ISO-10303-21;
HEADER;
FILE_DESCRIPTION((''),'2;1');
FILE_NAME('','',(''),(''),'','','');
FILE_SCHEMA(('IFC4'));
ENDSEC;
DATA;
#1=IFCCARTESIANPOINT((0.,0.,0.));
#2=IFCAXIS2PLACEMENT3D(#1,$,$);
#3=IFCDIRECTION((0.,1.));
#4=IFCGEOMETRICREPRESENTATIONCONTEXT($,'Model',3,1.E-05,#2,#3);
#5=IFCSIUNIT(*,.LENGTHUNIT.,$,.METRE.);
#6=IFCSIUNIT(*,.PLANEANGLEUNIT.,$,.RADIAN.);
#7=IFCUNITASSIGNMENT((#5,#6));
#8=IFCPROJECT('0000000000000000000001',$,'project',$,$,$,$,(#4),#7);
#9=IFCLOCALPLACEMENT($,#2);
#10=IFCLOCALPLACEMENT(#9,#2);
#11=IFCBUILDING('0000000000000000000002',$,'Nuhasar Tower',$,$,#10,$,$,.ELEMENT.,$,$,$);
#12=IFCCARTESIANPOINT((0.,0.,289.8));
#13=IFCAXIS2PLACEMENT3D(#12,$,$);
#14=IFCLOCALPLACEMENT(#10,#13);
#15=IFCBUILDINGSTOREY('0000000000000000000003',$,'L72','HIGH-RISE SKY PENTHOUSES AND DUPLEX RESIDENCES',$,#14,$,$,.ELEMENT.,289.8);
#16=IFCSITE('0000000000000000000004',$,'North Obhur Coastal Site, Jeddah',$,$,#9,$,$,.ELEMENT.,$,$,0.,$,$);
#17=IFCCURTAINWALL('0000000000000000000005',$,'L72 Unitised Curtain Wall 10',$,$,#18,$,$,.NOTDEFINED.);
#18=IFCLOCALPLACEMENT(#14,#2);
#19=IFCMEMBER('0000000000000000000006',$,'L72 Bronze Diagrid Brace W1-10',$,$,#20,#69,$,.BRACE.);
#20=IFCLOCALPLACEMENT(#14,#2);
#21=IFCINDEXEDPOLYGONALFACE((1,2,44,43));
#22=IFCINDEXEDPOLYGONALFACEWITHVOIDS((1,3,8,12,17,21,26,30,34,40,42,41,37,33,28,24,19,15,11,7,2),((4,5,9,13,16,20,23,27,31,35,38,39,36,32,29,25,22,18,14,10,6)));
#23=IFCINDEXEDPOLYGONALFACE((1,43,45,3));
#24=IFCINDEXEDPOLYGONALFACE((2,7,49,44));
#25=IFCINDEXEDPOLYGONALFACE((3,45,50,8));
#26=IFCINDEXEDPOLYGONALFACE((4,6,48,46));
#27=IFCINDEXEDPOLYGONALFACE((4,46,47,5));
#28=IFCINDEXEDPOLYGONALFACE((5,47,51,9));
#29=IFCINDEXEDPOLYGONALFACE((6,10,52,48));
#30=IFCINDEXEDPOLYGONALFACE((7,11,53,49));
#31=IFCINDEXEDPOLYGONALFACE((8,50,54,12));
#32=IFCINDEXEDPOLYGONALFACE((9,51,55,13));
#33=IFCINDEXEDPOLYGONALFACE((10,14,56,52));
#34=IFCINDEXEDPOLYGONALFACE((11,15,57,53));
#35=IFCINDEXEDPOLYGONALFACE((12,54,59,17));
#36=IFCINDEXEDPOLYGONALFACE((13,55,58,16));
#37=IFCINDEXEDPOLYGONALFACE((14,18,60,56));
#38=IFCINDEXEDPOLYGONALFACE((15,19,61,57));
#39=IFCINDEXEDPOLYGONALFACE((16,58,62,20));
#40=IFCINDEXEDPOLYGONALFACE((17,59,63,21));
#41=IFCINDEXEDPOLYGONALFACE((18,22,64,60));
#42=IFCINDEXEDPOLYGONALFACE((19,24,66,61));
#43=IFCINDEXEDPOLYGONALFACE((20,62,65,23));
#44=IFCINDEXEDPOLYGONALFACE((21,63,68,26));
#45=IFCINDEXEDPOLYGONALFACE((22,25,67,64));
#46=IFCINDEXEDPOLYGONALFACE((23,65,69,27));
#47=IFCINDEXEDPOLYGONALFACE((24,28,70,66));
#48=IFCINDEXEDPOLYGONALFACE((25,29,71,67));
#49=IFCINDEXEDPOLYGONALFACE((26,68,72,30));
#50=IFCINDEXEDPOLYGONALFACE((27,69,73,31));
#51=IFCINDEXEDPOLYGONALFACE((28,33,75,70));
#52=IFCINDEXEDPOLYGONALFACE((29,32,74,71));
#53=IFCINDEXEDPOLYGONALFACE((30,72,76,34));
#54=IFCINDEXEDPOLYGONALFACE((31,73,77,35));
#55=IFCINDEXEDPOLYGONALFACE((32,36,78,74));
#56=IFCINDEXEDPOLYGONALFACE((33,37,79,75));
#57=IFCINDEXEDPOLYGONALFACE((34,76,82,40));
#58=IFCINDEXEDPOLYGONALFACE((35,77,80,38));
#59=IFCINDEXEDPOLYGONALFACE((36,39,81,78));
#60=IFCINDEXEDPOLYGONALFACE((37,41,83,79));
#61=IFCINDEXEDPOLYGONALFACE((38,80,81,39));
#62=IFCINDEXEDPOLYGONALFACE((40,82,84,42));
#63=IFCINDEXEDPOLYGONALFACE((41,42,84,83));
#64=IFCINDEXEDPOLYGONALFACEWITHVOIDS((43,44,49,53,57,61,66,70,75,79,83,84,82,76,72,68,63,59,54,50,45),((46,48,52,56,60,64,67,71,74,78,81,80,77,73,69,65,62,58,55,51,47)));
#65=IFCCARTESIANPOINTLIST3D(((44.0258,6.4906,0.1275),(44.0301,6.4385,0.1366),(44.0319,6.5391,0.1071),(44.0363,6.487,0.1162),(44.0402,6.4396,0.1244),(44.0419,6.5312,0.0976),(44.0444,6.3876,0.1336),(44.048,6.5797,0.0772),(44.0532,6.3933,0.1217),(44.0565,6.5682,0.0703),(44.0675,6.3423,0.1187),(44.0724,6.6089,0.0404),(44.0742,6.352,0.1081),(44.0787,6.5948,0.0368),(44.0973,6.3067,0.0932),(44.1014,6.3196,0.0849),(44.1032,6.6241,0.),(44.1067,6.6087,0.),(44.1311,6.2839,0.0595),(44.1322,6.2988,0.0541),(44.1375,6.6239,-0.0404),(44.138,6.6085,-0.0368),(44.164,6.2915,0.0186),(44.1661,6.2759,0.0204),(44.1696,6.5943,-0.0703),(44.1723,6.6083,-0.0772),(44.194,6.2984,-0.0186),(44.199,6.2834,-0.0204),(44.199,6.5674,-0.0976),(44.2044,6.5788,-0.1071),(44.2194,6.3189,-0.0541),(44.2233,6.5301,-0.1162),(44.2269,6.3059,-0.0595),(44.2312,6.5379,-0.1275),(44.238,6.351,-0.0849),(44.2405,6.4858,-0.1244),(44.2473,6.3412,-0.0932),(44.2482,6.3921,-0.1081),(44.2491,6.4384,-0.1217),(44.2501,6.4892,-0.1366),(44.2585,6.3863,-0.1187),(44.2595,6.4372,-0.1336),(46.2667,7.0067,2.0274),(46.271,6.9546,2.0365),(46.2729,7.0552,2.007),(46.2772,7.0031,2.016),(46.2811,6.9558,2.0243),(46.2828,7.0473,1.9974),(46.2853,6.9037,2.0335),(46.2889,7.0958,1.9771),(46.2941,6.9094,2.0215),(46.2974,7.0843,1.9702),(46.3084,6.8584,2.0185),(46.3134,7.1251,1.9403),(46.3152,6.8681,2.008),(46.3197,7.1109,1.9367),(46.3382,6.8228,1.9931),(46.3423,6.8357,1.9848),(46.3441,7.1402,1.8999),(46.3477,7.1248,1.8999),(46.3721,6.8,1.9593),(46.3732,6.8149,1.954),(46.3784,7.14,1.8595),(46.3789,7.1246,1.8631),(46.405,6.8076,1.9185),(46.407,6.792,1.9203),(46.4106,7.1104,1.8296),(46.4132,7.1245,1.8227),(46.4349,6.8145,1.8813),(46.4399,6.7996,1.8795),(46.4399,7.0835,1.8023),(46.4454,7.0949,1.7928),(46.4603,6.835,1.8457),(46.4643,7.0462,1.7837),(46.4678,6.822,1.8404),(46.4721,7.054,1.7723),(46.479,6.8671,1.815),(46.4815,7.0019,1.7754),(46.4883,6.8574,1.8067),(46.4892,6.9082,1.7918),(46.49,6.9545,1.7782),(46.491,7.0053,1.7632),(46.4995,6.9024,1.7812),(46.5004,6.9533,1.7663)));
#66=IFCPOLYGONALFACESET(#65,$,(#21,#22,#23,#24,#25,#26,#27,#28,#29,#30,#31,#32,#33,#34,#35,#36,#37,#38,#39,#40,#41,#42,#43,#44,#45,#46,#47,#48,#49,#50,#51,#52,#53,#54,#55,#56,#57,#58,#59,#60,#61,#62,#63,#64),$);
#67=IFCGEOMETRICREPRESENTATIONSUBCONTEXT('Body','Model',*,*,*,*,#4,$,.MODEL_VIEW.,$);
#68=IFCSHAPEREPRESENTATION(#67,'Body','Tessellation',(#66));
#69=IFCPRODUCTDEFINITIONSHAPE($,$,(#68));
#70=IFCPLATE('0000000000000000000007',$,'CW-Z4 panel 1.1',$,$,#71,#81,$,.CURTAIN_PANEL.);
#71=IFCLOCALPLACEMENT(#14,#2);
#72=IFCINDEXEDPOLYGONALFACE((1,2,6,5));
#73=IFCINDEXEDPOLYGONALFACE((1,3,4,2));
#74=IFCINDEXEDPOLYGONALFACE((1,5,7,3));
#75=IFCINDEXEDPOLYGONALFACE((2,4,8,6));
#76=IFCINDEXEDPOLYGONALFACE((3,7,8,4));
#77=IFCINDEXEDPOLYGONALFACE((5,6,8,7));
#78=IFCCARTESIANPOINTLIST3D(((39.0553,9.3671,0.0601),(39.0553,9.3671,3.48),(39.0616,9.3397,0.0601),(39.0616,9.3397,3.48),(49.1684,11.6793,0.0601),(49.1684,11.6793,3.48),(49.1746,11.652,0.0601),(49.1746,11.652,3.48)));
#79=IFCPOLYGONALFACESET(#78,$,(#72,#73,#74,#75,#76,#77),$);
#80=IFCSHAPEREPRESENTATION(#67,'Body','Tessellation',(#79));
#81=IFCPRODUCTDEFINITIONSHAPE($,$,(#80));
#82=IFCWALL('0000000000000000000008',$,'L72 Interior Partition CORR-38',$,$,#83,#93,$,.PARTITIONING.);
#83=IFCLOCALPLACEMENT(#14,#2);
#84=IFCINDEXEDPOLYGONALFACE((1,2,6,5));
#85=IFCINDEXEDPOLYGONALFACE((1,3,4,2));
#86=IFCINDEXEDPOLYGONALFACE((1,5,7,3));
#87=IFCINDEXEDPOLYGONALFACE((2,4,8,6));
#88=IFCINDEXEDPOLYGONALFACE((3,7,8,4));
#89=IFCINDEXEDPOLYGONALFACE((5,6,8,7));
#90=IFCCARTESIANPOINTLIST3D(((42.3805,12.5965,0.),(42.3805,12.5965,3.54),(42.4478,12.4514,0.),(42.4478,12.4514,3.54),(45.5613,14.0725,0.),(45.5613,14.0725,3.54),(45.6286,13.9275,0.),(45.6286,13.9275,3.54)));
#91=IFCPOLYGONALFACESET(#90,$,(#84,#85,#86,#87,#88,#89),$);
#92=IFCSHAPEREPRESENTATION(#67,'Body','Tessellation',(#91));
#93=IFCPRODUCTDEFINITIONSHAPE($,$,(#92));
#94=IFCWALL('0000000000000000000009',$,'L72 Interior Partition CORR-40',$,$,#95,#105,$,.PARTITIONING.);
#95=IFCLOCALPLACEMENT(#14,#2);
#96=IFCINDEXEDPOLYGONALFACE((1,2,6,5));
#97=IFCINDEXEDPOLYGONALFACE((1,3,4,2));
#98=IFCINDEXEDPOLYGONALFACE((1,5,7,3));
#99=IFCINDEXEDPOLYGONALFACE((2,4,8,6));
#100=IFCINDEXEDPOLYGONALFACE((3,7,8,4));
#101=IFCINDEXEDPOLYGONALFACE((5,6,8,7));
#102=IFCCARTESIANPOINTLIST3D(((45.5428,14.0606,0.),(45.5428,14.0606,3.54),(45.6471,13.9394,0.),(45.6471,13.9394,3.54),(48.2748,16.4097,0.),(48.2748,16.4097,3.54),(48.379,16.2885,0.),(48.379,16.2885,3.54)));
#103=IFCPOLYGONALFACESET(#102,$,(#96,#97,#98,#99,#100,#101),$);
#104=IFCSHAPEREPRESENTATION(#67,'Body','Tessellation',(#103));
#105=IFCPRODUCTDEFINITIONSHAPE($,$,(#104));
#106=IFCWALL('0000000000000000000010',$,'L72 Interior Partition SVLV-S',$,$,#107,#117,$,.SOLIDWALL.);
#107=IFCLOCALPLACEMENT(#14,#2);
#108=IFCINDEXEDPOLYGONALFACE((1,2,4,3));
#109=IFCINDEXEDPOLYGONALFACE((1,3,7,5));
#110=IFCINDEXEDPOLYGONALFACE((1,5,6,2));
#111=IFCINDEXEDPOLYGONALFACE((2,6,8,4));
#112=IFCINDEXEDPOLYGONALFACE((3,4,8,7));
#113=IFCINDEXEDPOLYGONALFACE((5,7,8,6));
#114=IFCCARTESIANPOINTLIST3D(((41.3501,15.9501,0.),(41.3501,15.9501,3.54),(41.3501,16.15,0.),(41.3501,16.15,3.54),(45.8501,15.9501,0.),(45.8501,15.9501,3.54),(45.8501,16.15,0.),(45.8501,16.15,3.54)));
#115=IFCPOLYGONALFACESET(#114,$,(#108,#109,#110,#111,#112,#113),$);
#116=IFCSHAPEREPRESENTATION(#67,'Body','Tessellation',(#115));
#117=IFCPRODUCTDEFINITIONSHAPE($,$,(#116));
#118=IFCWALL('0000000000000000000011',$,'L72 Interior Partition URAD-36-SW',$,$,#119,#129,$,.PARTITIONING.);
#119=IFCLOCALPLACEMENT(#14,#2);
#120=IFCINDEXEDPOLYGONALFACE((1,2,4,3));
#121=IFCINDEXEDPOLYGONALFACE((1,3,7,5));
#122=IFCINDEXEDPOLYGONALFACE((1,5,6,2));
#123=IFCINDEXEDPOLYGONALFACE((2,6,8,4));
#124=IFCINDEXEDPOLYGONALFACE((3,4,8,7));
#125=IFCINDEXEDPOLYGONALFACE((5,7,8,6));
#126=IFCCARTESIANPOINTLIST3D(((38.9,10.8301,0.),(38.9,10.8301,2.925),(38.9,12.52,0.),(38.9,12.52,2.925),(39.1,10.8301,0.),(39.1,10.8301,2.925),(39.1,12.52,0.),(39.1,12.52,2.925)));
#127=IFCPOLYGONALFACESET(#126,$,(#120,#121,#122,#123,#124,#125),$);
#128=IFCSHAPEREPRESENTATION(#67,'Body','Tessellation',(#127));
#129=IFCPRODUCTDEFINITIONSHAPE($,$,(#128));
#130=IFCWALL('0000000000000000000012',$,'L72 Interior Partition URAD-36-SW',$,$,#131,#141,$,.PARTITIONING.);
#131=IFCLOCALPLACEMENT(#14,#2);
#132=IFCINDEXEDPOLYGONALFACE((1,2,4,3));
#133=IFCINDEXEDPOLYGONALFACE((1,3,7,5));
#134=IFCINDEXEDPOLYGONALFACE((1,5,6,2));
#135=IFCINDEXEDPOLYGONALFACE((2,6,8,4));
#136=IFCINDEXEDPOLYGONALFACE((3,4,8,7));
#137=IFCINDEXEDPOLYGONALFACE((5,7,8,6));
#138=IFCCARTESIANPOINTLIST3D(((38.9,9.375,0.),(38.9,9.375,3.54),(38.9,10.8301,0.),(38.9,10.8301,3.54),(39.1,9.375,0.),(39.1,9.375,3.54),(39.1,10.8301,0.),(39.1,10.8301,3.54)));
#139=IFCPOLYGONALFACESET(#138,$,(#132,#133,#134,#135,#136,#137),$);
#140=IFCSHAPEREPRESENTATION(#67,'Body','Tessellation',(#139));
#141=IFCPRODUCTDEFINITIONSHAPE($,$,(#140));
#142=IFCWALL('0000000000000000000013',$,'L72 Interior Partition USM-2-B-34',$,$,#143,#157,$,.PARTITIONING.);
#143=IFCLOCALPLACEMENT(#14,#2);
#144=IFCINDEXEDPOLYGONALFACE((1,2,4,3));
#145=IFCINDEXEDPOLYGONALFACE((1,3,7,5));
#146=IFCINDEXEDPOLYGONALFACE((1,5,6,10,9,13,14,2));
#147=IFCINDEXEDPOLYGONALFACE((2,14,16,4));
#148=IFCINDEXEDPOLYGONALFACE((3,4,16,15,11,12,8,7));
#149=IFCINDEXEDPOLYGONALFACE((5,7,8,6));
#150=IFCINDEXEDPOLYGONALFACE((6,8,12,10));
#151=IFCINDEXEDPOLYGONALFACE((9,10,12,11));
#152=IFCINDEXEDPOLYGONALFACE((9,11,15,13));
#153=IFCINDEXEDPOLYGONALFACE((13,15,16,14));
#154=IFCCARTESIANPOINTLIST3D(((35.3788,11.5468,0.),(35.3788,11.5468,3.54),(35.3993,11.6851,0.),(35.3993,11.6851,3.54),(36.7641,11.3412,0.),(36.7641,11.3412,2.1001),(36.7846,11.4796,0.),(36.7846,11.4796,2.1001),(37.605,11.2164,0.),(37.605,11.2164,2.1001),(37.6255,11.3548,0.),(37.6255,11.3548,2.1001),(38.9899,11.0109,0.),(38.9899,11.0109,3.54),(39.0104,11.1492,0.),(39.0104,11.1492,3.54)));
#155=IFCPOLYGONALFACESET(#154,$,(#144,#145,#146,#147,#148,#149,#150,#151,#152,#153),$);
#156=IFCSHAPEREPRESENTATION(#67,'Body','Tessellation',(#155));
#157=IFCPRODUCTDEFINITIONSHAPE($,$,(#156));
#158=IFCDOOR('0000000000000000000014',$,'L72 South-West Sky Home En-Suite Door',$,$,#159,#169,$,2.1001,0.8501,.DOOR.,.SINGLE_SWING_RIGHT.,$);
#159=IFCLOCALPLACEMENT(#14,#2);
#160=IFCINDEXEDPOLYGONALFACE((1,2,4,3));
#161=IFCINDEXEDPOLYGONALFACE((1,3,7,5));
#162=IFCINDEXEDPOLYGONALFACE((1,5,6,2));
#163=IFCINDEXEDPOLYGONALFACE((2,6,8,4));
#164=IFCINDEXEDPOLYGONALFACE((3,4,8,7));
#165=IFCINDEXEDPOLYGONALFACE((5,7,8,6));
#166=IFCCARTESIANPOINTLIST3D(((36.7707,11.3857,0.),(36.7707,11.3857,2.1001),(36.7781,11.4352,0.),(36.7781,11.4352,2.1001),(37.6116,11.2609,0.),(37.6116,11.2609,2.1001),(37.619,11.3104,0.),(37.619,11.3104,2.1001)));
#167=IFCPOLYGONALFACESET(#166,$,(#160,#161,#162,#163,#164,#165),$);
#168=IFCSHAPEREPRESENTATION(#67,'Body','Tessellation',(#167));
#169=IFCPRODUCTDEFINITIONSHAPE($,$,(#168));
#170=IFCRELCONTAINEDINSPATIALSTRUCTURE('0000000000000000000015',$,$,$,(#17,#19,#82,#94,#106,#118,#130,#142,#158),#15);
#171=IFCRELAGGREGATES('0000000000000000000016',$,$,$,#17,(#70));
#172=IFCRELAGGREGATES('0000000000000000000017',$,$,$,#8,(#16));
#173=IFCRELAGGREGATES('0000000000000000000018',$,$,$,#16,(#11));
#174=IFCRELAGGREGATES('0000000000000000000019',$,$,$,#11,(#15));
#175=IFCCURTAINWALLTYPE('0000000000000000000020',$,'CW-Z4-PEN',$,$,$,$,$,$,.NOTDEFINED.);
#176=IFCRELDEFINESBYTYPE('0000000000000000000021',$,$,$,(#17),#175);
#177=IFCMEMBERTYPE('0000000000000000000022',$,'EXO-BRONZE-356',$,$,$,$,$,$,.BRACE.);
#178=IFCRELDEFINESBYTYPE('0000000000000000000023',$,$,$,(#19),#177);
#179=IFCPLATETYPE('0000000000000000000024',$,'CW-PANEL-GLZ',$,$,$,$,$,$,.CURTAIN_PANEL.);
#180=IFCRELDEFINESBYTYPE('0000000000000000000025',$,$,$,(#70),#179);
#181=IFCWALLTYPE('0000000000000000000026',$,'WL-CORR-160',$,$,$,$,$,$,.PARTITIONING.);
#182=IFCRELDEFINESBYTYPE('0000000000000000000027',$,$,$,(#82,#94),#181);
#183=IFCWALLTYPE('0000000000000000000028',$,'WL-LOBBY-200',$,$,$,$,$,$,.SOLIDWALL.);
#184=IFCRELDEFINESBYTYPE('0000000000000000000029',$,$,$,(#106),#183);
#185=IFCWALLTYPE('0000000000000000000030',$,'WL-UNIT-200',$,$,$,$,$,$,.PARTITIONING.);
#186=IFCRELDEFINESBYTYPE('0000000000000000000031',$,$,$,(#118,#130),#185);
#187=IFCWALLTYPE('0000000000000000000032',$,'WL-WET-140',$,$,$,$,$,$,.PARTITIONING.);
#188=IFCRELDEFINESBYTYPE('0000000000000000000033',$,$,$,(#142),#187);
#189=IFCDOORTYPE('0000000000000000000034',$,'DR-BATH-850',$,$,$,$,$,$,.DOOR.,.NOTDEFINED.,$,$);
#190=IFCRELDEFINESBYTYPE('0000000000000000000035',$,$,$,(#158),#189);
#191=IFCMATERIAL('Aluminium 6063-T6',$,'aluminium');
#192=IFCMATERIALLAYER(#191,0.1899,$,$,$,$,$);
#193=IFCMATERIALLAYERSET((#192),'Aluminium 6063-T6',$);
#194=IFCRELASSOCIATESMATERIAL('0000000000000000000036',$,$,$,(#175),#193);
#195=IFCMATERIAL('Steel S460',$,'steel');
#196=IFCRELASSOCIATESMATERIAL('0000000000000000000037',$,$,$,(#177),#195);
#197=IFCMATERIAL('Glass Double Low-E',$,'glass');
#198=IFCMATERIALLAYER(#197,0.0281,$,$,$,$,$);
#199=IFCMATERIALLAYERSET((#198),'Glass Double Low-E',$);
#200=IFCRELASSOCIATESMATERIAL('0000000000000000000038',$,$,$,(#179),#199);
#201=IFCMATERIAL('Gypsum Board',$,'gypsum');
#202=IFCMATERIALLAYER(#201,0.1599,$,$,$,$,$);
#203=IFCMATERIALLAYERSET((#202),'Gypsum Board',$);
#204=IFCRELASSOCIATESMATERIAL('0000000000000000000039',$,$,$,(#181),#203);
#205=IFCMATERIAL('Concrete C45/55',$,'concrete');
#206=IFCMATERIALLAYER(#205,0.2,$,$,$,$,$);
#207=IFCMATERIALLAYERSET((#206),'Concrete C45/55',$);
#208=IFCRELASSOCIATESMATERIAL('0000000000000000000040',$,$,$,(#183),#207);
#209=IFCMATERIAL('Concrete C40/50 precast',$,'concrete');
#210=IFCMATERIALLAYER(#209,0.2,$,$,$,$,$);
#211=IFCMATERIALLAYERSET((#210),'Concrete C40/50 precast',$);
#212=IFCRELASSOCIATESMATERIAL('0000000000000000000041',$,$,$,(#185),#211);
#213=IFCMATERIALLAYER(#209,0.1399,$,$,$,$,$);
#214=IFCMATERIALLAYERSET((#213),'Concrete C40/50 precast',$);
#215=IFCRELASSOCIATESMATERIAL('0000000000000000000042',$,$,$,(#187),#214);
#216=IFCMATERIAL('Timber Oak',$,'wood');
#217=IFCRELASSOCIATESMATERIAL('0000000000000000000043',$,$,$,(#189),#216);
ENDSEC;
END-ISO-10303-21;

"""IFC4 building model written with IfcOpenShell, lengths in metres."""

from ifc_helpers import new_model, si_unit, direction, frame, frame_2d, origin, origin_2d, place, context, subcontext, project, spatial, rectangle, hollow_circle, extrude, material, layer, layer_set, material_profile, profile_set, type_object, element, fill, aggregate, save


model = new_model("IFC4")

# Units and contexts
model_context = context("Model", 3, precision=1e-05, world=origin(), true_north=direction((0.0, 1.0)))
body_context = subcontext(model_context, "Body", "Model", "MODEL_VIEW")
ifc_project = project(units=[si_unit("LENGTHUNIT", "METRE"), si_unit("PLANEANGLEUNIT", "RADIAN")], contexts=[model_context])

# Site, building, storey
site_placement = place(None, origin())
site = spatial("IfcSite", under=ifc_project, at=site_placement, Name="North Obhur Coastal Site, Jeddah", CompositionType="ELEMENT", RefElevation=0.0)
building_placement = place(site_placement, origin())
building = spatial("IfcBuilding", under=site, at=building_placement, Name="Nuhasar Tower", CompositionType="ELEMENT")
storey_placement = place(building_placement, frame((0.0, 0.0, 289.8)))
storey = spatial("IfcBuildingStorey", under=building, at=storey_placement, Name="L72", Description="HIGH-RISE SKY PENTHOUSES AND DUPLEX RESIDENCES", CompositionType="ELEMENT", Elevation=289.8)

# Curtain wall
ifc_material_1 = material(Name="Aluminium 6063-T6", Category="aluminium")
ifc_layer_1 = layer(ifc_material_1, 0.1899)
ifc_layer_set_1 = layer_set([ifc_layer_1], Name="Aluminium 6063-T6")
curtain_wall_type = type_object("IfcCurtainWallType", Name="CW-Z4-PEN", PredefinedType="NOTDEFINED", material=ifc_layer_set_1)
curtain_wall_placement = place(storey_placement, origin())
curtain_wall = element("IfcCurtainWall", 1, at=curtain_wall_placement, inside=storey, type_object=curtain_wall_type, Name="L72 Unitised Curtain Wall 10", PredefinedType="NOTDEFINED")

# Member
ifc_material_2 = material(Name="Steel S460", Category="steel")
ifc_material_profile_1 = material_profile(ifc_material_2, hollow_circle(Radius=0.1777, WallThickness=0.0159, at=origin_2d()), Name="HSS355.6X15.9")
ifc_profile_set_1 = profile_set([ifc_material_profile_1], Name="Steel S460")
member_type_1 = type_object("IfcMemberType", Name="EXO-BRONZE-356", PredefinedType="BRACE", material=ifc_profile_set_1)
member_1_placement = place(storey_placement, frame((44.1431, 6.4509, 0.0), z_axis=(0.751261, 0.173022, 0.636923), x_axis=(-0.224433, 0.97449, 0.0)))
element("IfcMember", 2, at=member_1_placement, inside=storey, type_object=member_type_1, Name="L72 Bronze Diagrid Brace W1-10", PredefinedType="BRACE", context=body_context, shape_type="SweptSolid", body=[
    extrude(hollow_circle(Radius=0.1777, WallThickness=0.0159, at=origin_2d()), origin(), (0.0, 0.0, 1.0), 2.9829),
])

# Plate
ifc_material_3 = material(Name="Glass Double Low-E", Category="glass")
ifc_layer_2 = layer(ifc_material_3, 0.0281)
ifc_layer_set_2 = layer_set([ifc_layer_2], Name="Glass Double Low-E")
plate_type = type_object("IfcPlateType", Name="CW-PANEL-GLZ", PredefinedType="CURTAIN_PANEL", material=ifc_layer_set_2)
plate_placement = place(storey_placement, frame((44.115, 10.5095, 0.0601), z_axis=(0.0, 0.0, 1.0), x_axis=(0.974844, 0.222889, 0.0)))
plate = element("IfcPlate", 3, at=plate_placement, type_object=plate_type, Name="CW-Z4 panel 1.1", PredefinedType="CURTAIN_PANEL", context=body_context, shape_type="SweptSolid", body=[
    extrude(rectangle(XDim=10.374, YDim=0.0281, at=origin_2d()), origin(), (0.0, 0.0, 1.0), 3.4199),
])
aggregate(curtain_wall, [plate])

# Shared definitions
ifc_material_4 = material(Name="Gypsum Board", Category="gypsum")
ifc_layer_3 = layer(ifc_material_4, 0.1599)
ifc_layer_set_3 = layer_set([ifc_layer_3], Name="Gypsum Board")
wall_type_1 = type_object("IfcWallType", Name="WL-CORR-160", PredefinedType="PARTITIONING", material=ifc_layer_set_3)
ifc_material_5 = material(Name="Timber Oak", Category="wood")

# Walls
wall_1_placement = place(storey_placement, frame((42.4141, 12.5239, 0.0), z_axis=(0.0, 0.0, 1.0), x_axis=(0.907093, 0.420929, 0.0)))
element("IfcWall", 4, at=wall_1_placement, inside=storey, type_object=wall_type_1, Name="L72 Interior Partition CORR-38", PredefinedType="PARTITIONING", context=body_context, shape_type="SweptSolid", body=[
    extrude(rectangle(XDim=3.5066, YDim=0.1599, at=frame_2d((1.7534, 0.0))), origin(), (0.0, 0.0, 1.0), 3.54),
])
wall_2_placement = place(storey_placement, frame((45.595, 14.0, 0.0), z_axis=(0.0, 0.0, 1.0), x_axis=(0.758232, 0.651985, 0.0)))
element("IfcWall", 5, at=wall_2_placement, inside=storey, type_object=wall_type_1, Name="L72 Interior Partition CORR-40", PredefinedType="PARTITIONING", context=body_context, shape_type="SweptSolid", body=[
    extrude(rectangle(XDim=3.603, YDim=0.1599, at=frame_2d((1.8015, 0.0))), origin(), (0.0, 0.0, 1.0), 3.54),
])

# Shared definitions
ifc_material_6 = material(Name="Concrete C45/55", Category="concrete")
ifc_layer_4 = layer(ifc_material_6, 0.2)
ifc_layer_set_4 = layer_set([ifc_layer_4], Name="Concrete C45/55")
wall_type_2 = type_object("IfcWallType", Name="WL-LOBBY-200", PredefinedType="SOLIDWALL", material=ifc_layer_set_4)

# Walls
wall_3_placement = place(storey_placement, frame((41.3501, 16.05, 0.0), z_axis=(0.0, 0.0, 1.0), x_axis=(1.0, 0.0, 0.0)))
element("IfcWall", 6, at=wall_3_placement, inside=storey, type_object=wall_type_2, Name="L72 Interior Partition SVLV-S", PredefinedType="SOLIDWALL", context=body_context, shape_type="SweptSolid", body=[
    extrude(rectangle(XDim=4.5, YDim=0.2, at=frame_2d((2.25, 0.0))), origin(), (0.0, 0.0, 1.0), 3.54),
])
ifc_material_7 = material(Name="Concrete C40/50 precast", Category="concrete")
ifc_layer_5 = layer(ifc_material_7, 0.2)
ifc_layer_set_5 = layer_set([ifc_layer_5], Name="Concrete C40/50 precast")
wall_type_3 = type_object("IfcWallType", Name="WL-UNIT-200", PredefinedType="PARTITIONING", material=ifc_layer_set_5)
wall_4_placement = place(storey_placement, frame((39.0, 12.52, 0.0), z_axis=(0.0, 0.0, 1.0), x_axis=(0.0, -1.0, 0.0)))
element("IfcWall", 7, at=wall_4_placement, inside=storey, type_object=wall_type_3, Name="L72 Interior Partition URAD-36-SW", PredefinedType="PARTITIONING", context=body_context, shape_type="SweptSolid", body=[
    extrude(rectangle(XDim=1.6899, YDim=0.2, at=frame_2d((0.845, 0.0))), origin(), (0.0, 0.0, 1.0), 2.925),
])
wall_5_placement = place(storey_placement, frame((39.0, 10.8301, 0.0), z_axis=(0.0, 0.0, 1.0), x_axis=(0.0, -1.0, 0.0)))
element("IfcWall", 8, at=wall_5_placement, inside=storey, type_object=wall_type_3, Name="L72 Interior Partition URAD-36-SW", PredefinedType="PARTITIONING", context=body_context, shape_type="SweptSolid", body=[
    extrude(rectangle(XDim=1.4551, YDim=0.2, at=frame_2d((0.7275, 0.0))), origin(), (0.0, 0.0, 1.0), 3.54),
])

# Wall, opening, door
ifc_layer_6 = layer(ifc_material_7, 0.1399)
ifc_layer_set_6 = layer_set([ifc_layer_6], Name="Concrete C40/50 precast")
wall_type_4 = type_object("IfcWallType", Name="WL-WET-140", PredefinedType="PARTITIONING", material=ifc_layer_set_6)
wall_6_placement = place(storey_placement, frame((39.0, 11.0801, 0.0), z_axis=(0.0, 0.0, 1.0), x_axis=(-0.989167, 0.146793, 0.0)))
wall_6 = element("IfcWall", 9, at=wall_6_placement, inside=storey, type_object=wall_type_4, Name="L72 Interior Partition USM-2-B-34", PredefinedType="PARTITIONING", context=body_context, shape_type="SweptSolid", body=[
    extrude(rectangle(XDim=3.6506, YDim=0.1399, at=frame_2d((1.8252, 0.0))), origin(), (0.0, 0.0, 1.0), 3.54),
])
opening_1_placement = place(wall_6_placement, frame((1.3999, 0.0, 0.0)))
opening_1 = element("IfcOpeningElement", 10, at=opening_1_placement, cuts=wall_6, PredefinedType="OPENING", context=body_context, shape_type="SweptSolid", body=[
    extrude(rectangle(XDim=0.8501, YDim=2.1001, at=frame_2d((0.425, 1.05))), frame((0.0, 0.0801, 0.0), z_axis=(0.0, -1.0, 0.0), x_axis=(1.0, 0.0, 0.0)), (0.0, 0.0, 1.0), 0.1599),
])
door_type_1 = type_object("IfcDoorType", Name="DR-BATH-850", OperationType="NOTDEFINED", PredefinedType="DOOR", material=ifc_material_5)
door_1_placement = place(opening_1_placement, origin())
door_1 = element("IfcDoor", 11, at=door_1_placement, inside=storey, type_object=door_type_1, Name="L72 South-West Sky Home En-Suite Door", OperationType="SINGLE_SWING_RIGHT", OverallHeight=2.1001, OverallWidth=0.8501, PredefinedType="DOOR", context=body_context, shape_type="SweptSolid", body=[
    extrude(rectangle(XDim=0.8501, YDim=2.1001, at=frame_2d((0.425, 1.05))), frame((0.0, 0.0249, 0.0), z_axis=(0.0, -1.0, 0.0), x_axis=(1.0, 0.0, 0.0)), (0.0, 0.0, 1.0), 0.05),
])
fill(opening_1, door_1)

save(model, "model.ifc")
